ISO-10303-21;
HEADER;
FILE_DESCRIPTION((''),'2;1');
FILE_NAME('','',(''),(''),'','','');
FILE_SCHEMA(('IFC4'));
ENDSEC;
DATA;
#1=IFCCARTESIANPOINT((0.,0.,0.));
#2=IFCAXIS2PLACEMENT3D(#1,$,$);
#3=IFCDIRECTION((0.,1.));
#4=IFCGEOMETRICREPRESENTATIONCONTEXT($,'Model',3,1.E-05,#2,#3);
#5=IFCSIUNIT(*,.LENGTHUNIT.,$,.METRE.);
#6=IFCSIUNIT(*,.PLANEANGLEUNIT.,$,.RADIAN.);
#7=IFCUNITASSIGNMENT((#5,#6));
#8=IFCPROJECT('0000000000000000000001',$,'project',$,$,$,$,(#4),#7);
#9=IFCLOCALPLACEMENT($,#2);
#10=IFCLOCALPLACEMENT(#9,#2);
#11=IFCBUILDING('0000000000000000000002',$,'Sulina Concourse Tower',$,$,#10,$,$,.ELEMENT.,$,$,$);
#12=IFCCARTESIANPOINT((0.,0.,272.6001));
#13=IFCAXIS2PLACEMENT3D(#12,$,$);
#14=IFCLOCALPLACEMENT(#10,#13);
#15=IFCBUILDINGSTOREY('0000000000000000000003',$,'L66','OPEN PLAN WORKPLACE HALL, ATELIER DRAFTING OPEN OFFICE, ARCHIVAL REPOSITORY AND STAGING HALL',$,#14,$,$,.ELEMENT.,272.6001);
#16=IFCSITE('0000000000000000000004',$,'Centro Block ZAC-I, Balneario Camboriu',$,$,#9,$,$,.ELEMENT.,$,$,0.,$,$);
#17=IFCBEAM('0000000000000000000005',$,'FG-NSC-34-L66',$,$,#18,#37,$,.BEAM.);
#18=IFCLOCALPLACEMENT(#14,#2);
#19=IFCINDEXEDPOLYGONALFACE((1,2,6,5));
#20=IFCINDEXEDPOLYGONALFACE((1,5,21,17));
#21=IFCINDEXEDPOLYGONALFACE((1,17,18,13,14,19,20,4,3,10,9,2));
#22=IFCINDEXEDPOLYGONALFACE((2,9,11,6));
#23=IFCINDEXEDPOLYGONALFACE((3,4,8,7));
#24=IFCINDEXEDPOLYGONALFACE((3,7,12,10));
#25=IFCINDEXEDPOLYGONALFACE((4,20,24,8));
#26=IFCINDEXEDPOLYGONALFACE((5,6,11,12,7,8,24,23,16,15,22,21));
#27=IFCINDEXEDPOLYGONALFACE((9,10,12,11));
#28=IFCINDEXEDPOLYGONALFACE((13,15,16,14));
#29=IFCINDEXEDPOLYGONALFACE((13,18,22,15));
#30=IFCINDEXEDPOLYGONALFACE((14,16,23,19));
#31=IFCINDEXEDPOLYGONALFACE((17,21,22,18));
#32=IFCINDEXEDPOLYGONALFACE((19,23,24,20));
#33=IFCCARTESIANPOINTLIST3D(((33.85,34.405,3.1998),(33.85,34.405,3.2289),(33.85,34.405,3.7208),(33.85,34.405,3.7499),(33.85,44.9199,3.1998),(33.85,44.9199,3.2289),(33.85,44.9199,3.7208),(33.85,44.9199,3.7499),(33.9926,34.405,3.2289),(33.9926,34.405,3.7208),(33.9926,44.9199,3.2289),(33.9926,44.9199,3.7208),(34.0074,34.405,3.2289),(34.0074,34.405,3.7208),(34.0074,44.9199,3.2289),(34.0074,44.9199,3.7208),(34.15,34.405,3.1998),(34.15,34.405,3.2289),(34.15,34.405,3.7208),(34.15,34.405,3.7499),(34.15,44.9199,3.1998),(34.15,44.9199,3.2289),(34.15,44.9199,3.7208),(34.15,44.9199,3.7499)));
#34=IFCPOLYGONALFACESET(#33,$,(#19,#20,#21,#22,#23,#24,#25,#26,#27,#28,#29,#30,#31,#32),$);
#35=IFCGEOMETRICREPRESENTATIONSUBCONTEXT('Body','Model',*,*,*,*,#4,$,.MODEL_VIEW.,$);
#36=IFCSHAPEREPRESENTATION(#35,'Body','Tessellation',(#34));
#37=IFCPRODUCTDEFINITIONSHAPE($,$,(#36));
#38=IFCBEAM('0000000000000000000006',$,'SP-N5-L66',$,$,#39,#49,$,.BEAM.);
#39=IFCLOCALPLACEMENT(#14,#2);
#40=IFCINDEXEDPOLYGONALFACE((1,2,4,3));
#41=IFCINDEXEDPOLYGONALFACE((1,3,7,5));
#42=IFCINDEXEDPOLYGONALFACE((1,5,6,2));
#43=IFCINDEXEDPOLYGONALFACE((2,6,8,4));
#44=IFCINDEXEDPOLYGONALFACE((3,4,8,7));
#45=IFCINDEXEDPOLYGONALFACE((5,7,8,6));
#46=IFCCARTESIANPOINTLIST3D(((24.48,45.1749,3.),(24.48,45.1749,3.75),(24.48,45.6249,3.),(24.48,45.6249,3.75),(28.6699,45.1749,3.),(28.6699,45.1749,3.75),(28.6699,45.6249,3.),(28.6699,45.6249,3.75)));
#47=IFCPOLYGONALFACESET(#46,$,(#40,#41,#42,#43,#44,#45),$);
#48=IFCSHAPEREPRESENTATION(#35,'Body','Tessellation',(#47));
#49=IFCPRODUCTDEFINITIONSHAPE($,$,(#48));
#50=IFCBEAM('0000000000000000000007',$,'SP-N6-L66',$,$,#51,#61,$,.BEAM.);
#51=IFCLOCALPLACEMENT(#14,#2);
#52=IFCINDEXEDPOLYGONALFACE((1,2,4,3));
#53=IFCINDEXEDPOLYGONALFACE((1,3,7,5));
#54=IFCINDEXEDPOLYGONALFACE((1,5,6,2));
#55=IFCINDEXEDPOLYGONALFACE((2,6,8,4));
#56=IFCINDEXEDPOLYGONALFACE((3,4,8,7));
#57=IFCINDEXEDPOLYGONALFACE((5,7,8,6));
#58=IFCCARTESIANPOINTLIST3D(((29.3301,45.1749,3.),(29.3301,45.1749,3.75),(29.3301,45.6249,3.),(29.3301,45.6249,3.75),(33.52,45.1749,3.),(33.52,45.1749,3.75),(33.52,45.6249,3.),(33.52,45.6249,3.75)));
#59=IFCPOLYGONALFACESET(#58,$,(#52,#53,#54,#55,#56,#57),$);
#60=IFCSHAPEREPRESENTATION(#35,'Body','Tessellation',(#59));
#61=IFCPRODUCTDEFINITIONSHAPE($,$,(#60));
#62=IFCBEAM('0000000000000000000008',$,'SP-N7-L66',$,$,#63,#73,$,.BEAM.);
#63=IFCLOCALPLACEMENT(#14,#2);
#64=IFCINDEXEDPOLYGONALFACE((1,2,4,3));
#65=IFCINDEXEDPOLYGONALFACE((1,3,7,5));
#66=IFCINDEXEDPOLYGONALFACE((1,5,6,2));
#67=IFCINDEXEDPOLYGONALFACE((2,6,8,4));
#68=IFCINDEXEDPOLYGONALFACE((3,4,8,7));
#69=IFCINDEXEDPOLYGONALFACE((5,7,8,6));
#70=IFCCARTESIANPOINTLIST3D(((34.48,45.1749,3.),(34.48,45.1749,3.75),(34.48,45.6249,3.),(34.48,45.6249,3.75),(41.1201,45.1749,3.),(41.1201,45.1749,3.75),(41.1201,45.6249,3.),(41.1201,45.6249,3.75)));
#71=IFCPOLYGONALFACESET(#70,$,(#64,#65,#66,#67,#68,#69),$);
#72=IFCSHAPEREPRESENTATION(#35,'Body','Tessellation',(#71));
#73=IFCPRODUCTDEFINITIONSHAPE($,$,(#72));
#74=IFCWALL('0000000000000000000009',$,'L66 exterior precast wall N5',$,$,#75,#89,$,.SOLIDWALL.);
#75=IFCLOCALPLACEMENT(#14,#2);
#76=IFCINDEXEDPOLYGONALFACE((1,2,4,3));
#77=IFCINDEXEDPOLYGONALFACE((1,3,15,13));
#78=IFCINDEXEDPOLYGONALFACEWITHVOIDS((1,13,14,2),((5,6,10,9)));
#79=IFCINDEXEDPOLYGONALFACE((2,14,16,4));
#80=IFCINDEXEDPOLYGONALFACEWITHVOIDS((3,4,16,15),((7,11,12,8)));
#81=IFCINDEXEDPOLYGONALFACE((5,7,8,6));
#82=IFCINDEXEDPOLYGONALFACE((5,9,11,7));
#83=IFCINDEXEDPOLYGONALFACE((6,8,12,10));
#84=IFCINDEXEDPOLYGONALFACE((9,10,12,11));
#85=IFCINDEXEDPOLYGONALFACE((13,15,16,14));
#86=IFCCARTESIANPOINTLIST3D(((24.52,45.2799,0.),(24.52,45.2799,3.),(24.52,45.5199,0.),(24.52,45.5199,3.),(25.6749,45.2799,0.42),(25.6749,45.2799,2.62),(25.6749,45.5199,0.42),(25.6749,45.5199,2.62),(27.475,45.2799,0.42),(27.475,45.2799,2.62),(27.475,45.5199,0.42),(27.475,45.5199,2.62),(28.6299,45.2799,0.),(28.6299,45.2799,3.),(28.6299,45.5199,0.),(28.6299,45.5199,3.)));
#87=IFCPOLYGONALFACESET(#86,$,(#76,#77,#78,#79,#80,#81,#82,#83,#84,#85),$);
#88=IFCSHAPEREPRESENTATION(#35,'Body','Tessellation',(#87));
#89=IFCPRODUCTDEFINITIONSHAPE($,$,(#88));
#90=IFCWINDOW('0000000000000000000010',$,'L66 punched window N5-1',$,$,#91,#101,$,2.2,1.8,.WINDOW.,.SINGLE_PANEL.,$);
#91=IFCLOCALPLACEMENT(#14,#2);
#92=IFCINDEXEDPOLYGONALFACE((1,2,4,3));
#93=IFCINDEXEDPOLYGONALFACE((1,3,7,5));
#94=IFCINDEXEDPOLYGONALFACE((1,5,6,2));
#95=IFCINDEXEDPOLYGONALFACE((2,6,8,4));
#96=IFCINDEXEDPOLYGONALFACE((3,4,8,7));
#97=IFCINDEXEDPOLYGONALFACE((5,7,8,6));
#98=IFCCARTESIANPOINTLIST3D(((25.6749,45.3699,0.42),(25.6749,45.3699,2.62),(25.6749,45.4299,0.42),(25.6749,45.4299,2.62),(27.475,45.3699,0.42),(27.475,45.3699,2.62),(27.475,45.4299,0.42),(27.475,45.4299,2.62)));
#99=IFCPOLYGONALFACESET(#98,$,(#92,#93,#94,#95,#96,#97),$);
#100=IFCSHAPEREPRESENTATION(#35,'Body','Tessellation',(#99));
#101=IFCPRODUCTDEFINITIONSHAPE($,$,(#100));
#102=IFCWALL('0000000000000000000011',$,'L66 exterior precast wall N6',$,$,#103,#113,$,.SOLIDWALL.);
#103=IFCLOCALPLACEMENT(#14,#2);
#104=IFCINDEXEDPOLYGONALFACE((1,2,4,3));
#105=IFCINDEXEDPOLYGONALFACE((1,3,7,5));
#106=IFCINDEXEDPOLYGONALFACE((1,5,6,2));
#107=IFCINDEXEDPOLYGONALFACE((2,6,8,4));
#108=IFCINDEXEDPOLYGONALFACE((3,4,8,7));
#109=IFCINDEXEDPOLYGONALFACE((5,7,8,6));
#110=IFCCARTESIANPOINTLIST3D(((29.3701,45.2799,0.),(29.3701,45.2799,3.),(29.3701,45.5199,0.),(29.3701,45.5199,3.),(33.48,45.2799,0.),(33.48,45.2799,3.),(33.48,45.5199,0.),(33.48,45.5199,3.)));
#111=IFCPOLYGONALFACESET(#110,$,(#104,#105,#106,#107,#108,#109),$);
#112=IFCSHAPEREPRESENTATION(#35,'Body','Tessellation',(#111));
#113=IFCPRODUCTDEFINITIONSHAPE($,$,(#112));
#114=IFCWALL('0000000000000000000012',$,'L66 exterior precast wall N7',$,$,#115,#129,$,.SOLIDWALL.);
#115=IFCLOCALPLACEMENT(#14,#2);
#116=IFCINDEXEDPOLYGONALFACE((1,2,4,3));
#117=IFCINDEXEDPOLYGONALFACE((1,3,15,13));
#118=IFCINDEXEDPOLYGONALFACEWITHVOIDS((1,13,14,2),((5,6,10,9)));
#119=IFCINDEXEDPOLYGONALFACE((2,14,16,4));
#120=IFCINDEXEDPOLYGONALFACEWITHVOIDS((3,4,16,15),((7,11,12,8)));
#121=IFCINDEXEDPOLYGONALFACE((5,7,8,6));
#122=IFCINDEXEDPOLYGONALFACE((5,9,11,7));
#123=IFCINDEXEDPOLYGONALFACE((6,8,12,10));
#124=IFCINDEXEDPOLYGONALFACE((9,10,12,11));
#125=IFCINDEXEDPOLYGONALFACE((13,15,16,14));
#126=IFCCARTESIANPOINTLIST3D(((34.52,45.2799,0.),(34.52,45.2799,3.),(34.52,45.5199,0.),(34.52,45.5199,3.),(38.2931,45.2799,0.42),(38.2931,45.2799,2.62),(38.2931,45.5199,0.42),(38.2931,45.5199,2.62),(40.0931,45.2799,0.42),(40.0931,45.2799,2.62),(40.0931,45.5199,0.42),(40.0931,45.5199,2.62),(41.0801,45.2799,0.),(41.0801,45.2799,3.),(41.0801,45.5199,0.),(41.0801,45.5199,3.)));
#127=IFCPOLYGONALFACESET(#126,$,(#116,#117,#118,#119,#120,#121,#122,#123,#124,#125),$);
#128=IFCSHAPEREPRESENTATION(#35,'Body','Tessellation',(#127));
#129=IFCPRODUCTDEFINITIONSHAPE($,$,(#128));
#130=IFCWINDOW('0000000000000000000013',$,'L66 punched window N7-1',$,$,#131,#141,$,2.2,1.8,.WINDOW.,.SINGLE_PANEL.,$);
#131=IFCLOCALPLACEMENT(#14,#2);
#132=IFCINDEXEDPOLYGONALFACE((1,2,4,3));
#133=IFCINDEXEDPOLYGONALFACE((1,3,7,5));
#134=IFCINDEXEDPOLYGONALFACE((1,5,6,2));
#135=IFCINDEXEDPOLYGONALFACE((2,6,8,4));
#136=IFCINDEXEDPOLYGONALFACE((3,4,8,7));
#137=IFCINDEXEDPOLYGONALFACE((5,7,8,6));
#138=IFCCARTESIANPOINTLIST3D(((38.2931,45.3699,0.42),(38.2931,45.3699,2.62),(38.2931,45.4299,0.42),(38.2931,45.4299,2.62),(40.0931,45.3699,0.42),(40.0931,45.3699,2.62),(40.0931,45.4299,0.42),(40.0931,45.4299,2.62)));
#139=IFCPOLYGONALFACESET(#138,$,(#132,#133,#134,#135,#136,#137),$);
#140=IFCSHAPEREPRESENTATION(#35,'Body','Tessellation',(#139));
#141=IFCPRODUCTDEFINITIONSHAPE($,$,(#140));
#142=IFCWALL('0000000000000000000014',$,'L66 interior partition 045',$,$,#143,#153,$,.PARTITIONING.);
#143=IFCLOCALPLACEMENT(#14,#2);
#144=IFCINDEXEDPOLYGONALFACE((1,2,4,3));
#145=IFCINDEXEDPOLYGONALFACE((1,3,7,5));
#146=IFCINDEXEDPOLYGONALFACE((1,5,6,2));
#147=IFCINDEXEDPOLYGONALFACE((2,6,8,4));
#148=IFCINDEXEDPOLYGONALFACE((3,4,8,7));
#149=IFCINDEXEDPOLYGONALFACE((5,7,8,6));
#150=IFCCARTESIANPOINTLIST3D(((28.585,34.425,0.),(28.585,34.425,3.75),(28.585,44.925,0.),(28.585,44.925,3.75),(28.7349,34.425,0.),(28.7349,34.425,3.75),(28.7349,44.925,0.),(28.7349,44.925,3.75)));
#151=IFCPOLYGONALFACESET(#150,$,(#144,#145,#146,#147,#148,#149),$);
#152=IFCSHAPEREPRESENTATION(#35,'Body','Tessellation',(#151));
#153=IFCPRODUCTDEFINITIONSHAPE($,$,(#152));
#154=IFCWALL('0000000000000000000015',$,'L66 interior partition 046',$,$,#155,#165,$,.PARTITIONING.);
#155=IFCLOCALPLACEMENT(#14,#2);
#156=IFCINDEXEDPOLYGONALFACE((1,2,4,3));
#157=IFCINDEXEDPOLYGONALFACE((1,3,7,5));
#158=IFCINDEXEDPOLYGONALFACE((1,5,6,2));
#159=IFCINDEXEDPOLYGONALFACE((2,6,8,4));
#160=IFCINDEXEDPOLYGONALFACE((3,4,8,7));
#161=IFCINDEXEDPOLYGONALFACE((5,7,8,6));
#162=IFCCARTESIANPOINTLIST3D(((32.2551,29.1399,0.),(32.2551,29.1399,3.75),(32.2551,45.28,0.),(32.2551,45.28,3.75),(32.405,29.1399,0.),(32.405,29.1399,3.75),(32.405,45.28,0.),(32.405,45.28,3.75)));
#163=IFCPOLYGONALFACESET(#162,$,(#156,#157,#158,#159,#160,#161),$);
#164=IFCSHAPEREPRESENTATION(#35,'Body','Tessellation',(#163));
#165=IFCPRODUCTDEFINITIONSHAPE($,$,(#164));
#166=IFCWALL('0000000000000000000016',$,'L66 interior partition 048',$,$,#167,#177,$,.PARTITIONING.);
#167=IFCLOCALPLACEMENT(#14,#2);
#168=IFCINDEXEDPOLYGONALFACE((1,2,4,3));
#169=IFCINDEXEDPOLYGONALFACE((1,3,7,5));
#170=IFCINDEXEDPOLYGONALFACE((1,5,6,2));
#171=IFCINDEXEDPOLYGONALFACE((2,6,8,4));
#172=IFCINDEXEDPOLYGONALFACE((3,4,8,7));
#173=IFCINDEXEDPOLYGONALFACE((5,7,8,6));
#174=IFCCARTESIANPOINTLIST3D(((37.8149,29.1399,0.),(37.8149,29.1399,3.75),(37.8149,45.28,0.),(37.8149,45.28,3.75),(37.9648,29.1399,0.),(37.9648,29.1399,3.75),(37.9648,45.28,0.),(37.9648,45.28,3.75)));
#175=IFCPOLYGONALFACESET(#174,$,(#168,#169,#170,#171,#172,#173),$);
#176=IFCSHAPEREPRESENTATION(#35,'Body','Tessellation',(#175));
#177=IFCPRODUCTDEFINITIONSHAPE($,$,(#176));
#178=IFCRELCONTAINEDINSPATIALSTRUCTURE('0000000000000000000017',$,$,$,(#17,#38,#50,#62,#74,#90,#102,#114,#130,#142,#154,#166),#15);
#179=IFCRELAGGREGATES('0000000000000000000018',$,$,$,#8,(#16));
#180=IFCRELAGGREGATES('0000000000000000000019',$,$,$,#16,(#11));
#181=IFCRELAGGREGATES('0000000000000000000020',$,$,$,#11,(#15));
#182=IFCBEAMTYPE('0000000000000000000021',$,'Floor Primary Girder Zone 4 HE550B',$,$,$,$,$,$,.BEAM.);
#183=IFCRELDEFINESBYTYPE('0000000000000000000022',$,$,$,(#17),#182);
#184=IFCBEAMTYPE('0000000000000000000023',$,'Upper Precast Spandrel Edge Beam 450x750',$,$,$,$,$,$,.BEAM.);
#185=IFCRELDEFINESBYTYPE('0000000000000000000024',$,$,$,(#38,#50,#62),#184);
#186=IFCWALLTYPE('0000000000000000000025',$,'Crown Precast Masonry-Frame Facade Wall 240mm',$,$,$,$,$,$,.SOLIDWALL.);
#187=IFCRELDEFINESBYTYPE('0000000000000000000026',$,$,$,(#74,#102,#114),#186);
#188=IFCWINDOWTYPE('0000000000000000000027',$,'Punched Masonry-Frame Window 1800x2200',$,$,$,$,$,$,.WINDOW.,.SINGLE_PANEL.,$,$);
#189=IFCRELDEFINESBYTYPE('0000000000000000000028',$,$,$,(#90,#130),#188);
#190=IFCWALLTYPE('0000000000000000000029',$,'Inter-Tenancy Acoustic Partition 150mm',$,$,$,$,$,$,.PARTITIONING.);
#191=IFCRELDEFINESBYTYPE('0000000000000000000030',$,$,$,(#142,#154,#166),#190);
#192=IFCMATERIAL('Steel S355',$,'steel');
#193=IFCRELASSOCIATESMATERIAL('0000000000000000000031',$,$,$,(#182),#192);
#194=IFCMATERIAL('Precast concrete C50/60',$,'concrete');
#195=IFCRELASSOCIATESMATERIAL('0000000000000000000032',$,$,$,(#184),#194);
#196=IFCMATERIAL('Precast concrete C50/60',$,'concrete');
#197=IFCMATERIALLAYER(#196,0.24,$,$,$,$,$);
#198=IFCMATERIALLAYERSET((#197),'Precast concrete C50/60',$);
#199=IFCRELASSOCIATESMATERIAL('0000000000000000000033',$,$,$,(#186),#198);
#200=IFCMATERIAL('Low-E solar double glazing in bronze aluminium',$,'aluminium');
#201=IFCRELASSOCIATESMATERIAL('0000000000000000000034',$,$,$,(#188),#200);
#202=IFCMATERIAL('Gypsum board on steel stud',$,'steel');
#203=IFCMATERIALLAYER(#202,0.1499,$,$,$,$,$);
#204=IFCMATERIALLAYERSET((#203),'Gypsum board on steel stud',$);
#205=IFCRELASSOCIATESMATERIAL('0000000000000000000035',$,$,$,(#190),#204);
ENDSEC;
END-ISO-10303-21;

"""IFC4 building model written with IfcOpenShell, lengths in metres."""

from ifc_helpers import new_model, si_unit, direction, frame, frame_2d, origin, origin_2d, place, context, subcontext, project, spatial, rectangle, i_section, extrude, material, layer, layer_set, material_profile, profile_set, type_object, element, fill, save


model = new_model("IFC4")

# Units and contexts
model_context = context("Model", 3, precision=1e-05, world=origin(), true_north=direction((0.0, 1.0)))
body_context = subcontext(model_context, "Body", "Model", "MODEL_VIEW")
ifc_project = project(units=[si_unit("LENGTHUNIT", "METRE"), si_unit("PLANEANGLEUNIT", "RADIAN")], contexts=[model_context])

# Site, building, storey
site_placement = place(None, origin())
site = spatial("IfcSite", under=ifc_project, at=site_placement, Name="Centro Block ZAC-I, Balneario Camboriu", CompositionType="ELEMENT", RefElevation=0.0)
building_placement = place(site_placement, origin())
building = spatial("IfcBuilding", under=site, at=building_placement, Name="Sulina Concourse Tower", CompositionType="ELEMENT")
storey_placement = place(building_placement, frame((0.0, 0.0, 272.6001)))
storey = spatial("IfcBuildingStorey", under=building, at=storey_placement, Name="L66", Description="OPEN PLAN WORKPLACE HALL, ATELIER DRAFTING OPEN OFFICE, ARCHIVAL REPOSITORY AND STAGING HALL", CompositionType="ELEMENT", Elevation=272.6001)

# Beams
ifc_material_1 = material(Name="Steel S355", Category="steel")
ifc_material_profile_1 = material_profile(ifc_material_1, i_section(OverallWidth=0.3, OverallDepth=0.55, WebThickness=0.0149, FlangeThickness=0.0291, at=origin_2d()), Name="HE 550 B")
ifc_profile_set_1 = profile_set([ifc_material_profile_1], Name="Steel S355")
beam_type_1 = type_object("IfcBeamType", Name="Floor Primary Girder Zone 4 HE550B", PredefinedType="BEAM", material=ifc_profile_set_1)
beam_1_placement = place(storey_placement, frame((34.0, 34.405, 3.4749), z_axis=(0.0, 1.0, 0.0), x_axis=(-1.0, 0.0, 0.0)))
element("IfcBeam", 1, at=beam_1_placement, inside=storey, type_object=beam_type_1, Name="FG-NSC-34-L66", PredefinedType="BEAM", context=body_context, shape_type="SweptSolid", body=[
    extrude(i_section(OverallWidth=0.3, OverallDepth=0.55, WebThickness=0.0149, FlangeThickness=0.0291, at=origin_2d()), origin(), (0.0, 0.0, 1.0), 10.5149),
])
ifc_material_2 = material(Name="Precast concrete C50/60", Category="concrete")
ifc_material_profile_2 = material_profile(ifc_material_2, rectangle(XDim=0.45, YDim=0.75, at=origin_2d()), Name="RC 450x750")
ifc_profile_set_2 = profile_set([ifc_material_profile_2], Name="Precast concrete C50/60")
beam_type_2 = type_object("IfcBeamType", Name="Upper Precast Spandrel Edge Beam 450x750", PredefinedType="BEAM", material=ifc_profile_set_2)
for number, where, z_axis, x_axis, name in (
    (2, (24.48, 45.3999, 3.375), (1.0, 0.0, 0.0), (0.0, 1.0, 0.0), "SP-N5-L66"),
    (3, (29.3301, 45.3999, 3.375), (1.0, 0.0, 0.0), (0.0, 1.0, 0.0), "SP-N6-L66"),
):
    element("IfcBeam", number, at=place(storey_placement, frame(where, z_axis=z_axis, x_axis=x_axis)), inside=storey, type_object=beam_type_2, Name=name, PredefinedType="BEAM", context=body_context, shape_type="SweptSolid", body=[
        extrude(rectangle(XDim=0.45, YDim=0.75, at=origin_2d()), origin(), (0.0, 0.0, 1.0), 4.1899),
    ])
beam_2_placement = place(storey_placement, frame((34.48, 45.3999, 3.375), z_axis=(1.0, 0.0, 0.0), x_axis=(0.0, 1.0, 0.0)))
element("IfcBeam", 4, at=beam_2_placement, inside=storey, type_object=beam_type_2, Name="SP-N7-L66", PredefinedType="BEAM", context=body_context, shape_type="SweptSolid", body=[
    extrude(rectangle(XDim=0.45, YDim=0.75, at=origin_2d()), origin(), (0.0, 0.0, 1.0), 6.6401),
])

# Wall, opening, window
ifc_material_3 = material(Name="Precast concrete C50/60", Category="concrete")
ifc_layer_1 = layer(ifc_material_3, 0.24)
ifc_layer_set_1 = layer_set([ifc_layer_1], Name="Precast concrete C50/60")
wall_type_1 = type_object("IfcWallType", Name="Crown Precast Masonry-Frame Facade Wall 240mm", PredefinedType="SOLIDWALL", material=ifc_layer_set_1)
wall_1_placement = place(storey_placement, frame((24.52, 45.3999, 0.0), z_axis=(0.0, 0.0, 1.0), x_axis=(1.0, 0.0, 0.0)))
wall_1 = element("IfcWall", 5, at=wall_1_placement, inside=storey, type_object=wall_type_1, Name="L66 exterior precast wall N5", PredefinedType="SOLIDWALL", context=body_context, shape_type="SweptSolid", body=[
    extrude(rectangle(XDim=4.1099, YDim=0.24, at=frame_2d((2.0549, 0.0))), origin(), (0.0, 0.0, 1.0), 3.0),
])
opening_1_placement = place(wall_1_placement, frame((1.155, 0.0, 0.4199)))
opening_1 = element("IfcOpeningElement", 6, at=opening_1_placement, cuts=wall_1, PredefinedType="OPENING", context=body_context, shape_type="SweptSolid", body=[
    extrude(rectangle(XDim=1.8, YDim=2.2, at=frame_2d((0.8999, 1.1001))), frame((0.0, 0.1299, 0.0), z_axis=(0.0, -1.0, 0.0), x_axis=(1.0, 0.0, 0.0)), (0.0, 0.0, 1.0), 0.26),
])
ifc_material_4 = material(Name="Low-E solar double glazing in bronze aluminium", Category="aluminium")
window_type = type_object("IfcWindowType", Name="Punched Masonry-Frame Window 1800x2200", PartitioningType="SINGLE_PANEL", PredefinedType="WINDOW", material=ifc_material_4)
window_1_placement = place(opening_1_placement, origin())
window_1 = element("IfcWindow", 7, at=window_1_placement, inside=storey, type_object=window_type, Name="L66 punched window N5-1", OverallHeight=2.2, OverallWidth=1.8, PartitioningType="SINGLE_PANEL", PredefinedType="WINDOW", context=body_context, shape_type="SweptSolid", body=[
    extrude(rectangle(XDim=1.8, YDim=2.2, at=frame_2d((0.8999, 1.1001))), frame((0.0, 0.03, 0.0), z_axis=(0.0, -1.0, 0.0), x_axis=(1.0, 0.0, 0.0)), (0.0, 0.0, 1.0), 0.0601),
])
fill(opening_1, window_1)

# Wall
wall_2_placement = place(storey_placement, frame((29.3701, 45.3999, 0.0), z_axis=(0.0, 0.0, 1.0), x_axis=(1.0, 0.0, 0.0)))
element("IfcWall", 8, at=wall_2_placement, inside=storey, type_object=wall_type_1, Name="L66 exterior precast wall N6", PredefinedType="SOLIDWALL", context=body_context, shape_type="SweptSolid", body=[
    extrude(rectangle(XDim=4.1099, YDim=0.24, at=frame_2d((2.0549, 0.0))), origin(), (0.0, 0.0, 1.0), 3.0),
])

# Wall, opening, window
wall_3_placement = place(storey_placement, frame((34.52, 45.3999, 0.0), z_axis=(0.0, 0.0, 1.0), x_axis=(1.0, 0.0, 0.0)))
wall_3 = element("IfcWall", 9, at=wall_3_placement, inside=storey, type_object=wall_type_1, Name="L66 exterior precast wall N7", PredefinedType="SOLIDWALL", context=body_context, shape_type="SweptSolid", body=[
    extrude(rectangle(XDim=6.5601, YDim=0.24, at=frame_2d((3.28, 0.0))), origin(), (0.0, 0.0, 1.0), 3.0),
])
opening_2_placement = place(wall_3_placement, frame((3.7732, 0.0, 0.4199)))
opening_2 = element("IfcOpeningElement", 10, at=opening_2_placement, cuts=wall_3, PredefinedType="OPENING", context=body_context, shape_type="SweptSolid", body=[
    extrude(rectangle(XDim=1.8, YDim=2.2, at=frame_2d((0.8999, 1.1001))), frame((0.0, 0.1299, 0.0), z_axis=(0.0, -1.0, 0.0), x_axis=(1.0, 0.0, 0.0)), (0.0, 0.0, 1.0), 0.26),
])
window_2_placement = place(opening_2_placement, origin())
window_2 = element("IfcWindow", 11, at=window_2_placement, inside=storey, type_object=window_type, Name="L66 punched window N7-1", OverallHeight=2.2, OverallWidth=1.8, PartitioningType="SINGLE_PANEL", PredefinedType="WINDOW", context=body_context, shape_type="SweptSolid", body=[
    extrude(rectangle(XDim=1.8, YDim=2.2, at=frame_2d((0.8999, 1.1001))), frame((0.0, 0.03, 0.0), z_axis=(0.0, -1.0, 0.0), x_axis=(1.0, 0.0, 0.0)), (0.0, 0.0, 1.0), 0.0601),
])
fill(opening_2, window_2)

# Walls
ifc_material_5 = material(Name="Gypsum board on steel stud", Category="steel")
ifc_layer_2 = layer(ifc_material_5, 0.1499)
ifc_layer_set_2 = layer_set([ifc_layer_2], Name="Gypsum board on steel stud")
wall_type_2 = type_object("IfcWallType", Name="Inter-Tenancy Acoustic Partition 150mm", PredefinedType="PARTITIONING", material=ifc_layer_set_2)
wall_4_placement = place(storey_placement, frame((28.6599, 34.425, 0.0), z_axis=(0.0, 0.0, 1.0), x_axis=(0.0, 1.0, 0.0)))
element("IfcWall", 12, at=wall_4_placement, inside=storey, type_object=wall_type_2, Name="L66 interior partition 045", PredefinedType="PARTITIONING", context=body_context, shape_type="SweptSolid", body=[
    extrude(rectangle(XDim=10.5, YDim=0.1499, at=frame_2d((5.25, 0.0))), origin(), (0.0, 0.0, 1.0), 3.75),
])
for number, where, z_axis, x_axis, name in (
    (13, (32.3301, 29.1399, 0.0), (0.0, 0.0, 1.0), (0.0, 1.0, 0.0), "L66 interior partition 046"),
    (14, (37.8899, 29.1399, 0.0), (0.0, 0.0, 1.0), (0.0, 1.0, 0.0), "L66 interior partition 048"),
):
    element("IfcWall", number, at=place(storey_placement, frame(where, z_axis=z_axis, x_axis=x_axis)), inside=storey, type_object=wall_type_2, Name=name, PredefinedType="PARTITIONING", context=body_context, shape_type="SweptSolid", body=[
        extrude(rectangle(XDim=16.1401, YDim=0.1499, at=frame_2d((8.0701, 0.0))), origin(), (0.0, 0.0, 1.0), 3.75),
    ])

save(model, "model.ifc")
